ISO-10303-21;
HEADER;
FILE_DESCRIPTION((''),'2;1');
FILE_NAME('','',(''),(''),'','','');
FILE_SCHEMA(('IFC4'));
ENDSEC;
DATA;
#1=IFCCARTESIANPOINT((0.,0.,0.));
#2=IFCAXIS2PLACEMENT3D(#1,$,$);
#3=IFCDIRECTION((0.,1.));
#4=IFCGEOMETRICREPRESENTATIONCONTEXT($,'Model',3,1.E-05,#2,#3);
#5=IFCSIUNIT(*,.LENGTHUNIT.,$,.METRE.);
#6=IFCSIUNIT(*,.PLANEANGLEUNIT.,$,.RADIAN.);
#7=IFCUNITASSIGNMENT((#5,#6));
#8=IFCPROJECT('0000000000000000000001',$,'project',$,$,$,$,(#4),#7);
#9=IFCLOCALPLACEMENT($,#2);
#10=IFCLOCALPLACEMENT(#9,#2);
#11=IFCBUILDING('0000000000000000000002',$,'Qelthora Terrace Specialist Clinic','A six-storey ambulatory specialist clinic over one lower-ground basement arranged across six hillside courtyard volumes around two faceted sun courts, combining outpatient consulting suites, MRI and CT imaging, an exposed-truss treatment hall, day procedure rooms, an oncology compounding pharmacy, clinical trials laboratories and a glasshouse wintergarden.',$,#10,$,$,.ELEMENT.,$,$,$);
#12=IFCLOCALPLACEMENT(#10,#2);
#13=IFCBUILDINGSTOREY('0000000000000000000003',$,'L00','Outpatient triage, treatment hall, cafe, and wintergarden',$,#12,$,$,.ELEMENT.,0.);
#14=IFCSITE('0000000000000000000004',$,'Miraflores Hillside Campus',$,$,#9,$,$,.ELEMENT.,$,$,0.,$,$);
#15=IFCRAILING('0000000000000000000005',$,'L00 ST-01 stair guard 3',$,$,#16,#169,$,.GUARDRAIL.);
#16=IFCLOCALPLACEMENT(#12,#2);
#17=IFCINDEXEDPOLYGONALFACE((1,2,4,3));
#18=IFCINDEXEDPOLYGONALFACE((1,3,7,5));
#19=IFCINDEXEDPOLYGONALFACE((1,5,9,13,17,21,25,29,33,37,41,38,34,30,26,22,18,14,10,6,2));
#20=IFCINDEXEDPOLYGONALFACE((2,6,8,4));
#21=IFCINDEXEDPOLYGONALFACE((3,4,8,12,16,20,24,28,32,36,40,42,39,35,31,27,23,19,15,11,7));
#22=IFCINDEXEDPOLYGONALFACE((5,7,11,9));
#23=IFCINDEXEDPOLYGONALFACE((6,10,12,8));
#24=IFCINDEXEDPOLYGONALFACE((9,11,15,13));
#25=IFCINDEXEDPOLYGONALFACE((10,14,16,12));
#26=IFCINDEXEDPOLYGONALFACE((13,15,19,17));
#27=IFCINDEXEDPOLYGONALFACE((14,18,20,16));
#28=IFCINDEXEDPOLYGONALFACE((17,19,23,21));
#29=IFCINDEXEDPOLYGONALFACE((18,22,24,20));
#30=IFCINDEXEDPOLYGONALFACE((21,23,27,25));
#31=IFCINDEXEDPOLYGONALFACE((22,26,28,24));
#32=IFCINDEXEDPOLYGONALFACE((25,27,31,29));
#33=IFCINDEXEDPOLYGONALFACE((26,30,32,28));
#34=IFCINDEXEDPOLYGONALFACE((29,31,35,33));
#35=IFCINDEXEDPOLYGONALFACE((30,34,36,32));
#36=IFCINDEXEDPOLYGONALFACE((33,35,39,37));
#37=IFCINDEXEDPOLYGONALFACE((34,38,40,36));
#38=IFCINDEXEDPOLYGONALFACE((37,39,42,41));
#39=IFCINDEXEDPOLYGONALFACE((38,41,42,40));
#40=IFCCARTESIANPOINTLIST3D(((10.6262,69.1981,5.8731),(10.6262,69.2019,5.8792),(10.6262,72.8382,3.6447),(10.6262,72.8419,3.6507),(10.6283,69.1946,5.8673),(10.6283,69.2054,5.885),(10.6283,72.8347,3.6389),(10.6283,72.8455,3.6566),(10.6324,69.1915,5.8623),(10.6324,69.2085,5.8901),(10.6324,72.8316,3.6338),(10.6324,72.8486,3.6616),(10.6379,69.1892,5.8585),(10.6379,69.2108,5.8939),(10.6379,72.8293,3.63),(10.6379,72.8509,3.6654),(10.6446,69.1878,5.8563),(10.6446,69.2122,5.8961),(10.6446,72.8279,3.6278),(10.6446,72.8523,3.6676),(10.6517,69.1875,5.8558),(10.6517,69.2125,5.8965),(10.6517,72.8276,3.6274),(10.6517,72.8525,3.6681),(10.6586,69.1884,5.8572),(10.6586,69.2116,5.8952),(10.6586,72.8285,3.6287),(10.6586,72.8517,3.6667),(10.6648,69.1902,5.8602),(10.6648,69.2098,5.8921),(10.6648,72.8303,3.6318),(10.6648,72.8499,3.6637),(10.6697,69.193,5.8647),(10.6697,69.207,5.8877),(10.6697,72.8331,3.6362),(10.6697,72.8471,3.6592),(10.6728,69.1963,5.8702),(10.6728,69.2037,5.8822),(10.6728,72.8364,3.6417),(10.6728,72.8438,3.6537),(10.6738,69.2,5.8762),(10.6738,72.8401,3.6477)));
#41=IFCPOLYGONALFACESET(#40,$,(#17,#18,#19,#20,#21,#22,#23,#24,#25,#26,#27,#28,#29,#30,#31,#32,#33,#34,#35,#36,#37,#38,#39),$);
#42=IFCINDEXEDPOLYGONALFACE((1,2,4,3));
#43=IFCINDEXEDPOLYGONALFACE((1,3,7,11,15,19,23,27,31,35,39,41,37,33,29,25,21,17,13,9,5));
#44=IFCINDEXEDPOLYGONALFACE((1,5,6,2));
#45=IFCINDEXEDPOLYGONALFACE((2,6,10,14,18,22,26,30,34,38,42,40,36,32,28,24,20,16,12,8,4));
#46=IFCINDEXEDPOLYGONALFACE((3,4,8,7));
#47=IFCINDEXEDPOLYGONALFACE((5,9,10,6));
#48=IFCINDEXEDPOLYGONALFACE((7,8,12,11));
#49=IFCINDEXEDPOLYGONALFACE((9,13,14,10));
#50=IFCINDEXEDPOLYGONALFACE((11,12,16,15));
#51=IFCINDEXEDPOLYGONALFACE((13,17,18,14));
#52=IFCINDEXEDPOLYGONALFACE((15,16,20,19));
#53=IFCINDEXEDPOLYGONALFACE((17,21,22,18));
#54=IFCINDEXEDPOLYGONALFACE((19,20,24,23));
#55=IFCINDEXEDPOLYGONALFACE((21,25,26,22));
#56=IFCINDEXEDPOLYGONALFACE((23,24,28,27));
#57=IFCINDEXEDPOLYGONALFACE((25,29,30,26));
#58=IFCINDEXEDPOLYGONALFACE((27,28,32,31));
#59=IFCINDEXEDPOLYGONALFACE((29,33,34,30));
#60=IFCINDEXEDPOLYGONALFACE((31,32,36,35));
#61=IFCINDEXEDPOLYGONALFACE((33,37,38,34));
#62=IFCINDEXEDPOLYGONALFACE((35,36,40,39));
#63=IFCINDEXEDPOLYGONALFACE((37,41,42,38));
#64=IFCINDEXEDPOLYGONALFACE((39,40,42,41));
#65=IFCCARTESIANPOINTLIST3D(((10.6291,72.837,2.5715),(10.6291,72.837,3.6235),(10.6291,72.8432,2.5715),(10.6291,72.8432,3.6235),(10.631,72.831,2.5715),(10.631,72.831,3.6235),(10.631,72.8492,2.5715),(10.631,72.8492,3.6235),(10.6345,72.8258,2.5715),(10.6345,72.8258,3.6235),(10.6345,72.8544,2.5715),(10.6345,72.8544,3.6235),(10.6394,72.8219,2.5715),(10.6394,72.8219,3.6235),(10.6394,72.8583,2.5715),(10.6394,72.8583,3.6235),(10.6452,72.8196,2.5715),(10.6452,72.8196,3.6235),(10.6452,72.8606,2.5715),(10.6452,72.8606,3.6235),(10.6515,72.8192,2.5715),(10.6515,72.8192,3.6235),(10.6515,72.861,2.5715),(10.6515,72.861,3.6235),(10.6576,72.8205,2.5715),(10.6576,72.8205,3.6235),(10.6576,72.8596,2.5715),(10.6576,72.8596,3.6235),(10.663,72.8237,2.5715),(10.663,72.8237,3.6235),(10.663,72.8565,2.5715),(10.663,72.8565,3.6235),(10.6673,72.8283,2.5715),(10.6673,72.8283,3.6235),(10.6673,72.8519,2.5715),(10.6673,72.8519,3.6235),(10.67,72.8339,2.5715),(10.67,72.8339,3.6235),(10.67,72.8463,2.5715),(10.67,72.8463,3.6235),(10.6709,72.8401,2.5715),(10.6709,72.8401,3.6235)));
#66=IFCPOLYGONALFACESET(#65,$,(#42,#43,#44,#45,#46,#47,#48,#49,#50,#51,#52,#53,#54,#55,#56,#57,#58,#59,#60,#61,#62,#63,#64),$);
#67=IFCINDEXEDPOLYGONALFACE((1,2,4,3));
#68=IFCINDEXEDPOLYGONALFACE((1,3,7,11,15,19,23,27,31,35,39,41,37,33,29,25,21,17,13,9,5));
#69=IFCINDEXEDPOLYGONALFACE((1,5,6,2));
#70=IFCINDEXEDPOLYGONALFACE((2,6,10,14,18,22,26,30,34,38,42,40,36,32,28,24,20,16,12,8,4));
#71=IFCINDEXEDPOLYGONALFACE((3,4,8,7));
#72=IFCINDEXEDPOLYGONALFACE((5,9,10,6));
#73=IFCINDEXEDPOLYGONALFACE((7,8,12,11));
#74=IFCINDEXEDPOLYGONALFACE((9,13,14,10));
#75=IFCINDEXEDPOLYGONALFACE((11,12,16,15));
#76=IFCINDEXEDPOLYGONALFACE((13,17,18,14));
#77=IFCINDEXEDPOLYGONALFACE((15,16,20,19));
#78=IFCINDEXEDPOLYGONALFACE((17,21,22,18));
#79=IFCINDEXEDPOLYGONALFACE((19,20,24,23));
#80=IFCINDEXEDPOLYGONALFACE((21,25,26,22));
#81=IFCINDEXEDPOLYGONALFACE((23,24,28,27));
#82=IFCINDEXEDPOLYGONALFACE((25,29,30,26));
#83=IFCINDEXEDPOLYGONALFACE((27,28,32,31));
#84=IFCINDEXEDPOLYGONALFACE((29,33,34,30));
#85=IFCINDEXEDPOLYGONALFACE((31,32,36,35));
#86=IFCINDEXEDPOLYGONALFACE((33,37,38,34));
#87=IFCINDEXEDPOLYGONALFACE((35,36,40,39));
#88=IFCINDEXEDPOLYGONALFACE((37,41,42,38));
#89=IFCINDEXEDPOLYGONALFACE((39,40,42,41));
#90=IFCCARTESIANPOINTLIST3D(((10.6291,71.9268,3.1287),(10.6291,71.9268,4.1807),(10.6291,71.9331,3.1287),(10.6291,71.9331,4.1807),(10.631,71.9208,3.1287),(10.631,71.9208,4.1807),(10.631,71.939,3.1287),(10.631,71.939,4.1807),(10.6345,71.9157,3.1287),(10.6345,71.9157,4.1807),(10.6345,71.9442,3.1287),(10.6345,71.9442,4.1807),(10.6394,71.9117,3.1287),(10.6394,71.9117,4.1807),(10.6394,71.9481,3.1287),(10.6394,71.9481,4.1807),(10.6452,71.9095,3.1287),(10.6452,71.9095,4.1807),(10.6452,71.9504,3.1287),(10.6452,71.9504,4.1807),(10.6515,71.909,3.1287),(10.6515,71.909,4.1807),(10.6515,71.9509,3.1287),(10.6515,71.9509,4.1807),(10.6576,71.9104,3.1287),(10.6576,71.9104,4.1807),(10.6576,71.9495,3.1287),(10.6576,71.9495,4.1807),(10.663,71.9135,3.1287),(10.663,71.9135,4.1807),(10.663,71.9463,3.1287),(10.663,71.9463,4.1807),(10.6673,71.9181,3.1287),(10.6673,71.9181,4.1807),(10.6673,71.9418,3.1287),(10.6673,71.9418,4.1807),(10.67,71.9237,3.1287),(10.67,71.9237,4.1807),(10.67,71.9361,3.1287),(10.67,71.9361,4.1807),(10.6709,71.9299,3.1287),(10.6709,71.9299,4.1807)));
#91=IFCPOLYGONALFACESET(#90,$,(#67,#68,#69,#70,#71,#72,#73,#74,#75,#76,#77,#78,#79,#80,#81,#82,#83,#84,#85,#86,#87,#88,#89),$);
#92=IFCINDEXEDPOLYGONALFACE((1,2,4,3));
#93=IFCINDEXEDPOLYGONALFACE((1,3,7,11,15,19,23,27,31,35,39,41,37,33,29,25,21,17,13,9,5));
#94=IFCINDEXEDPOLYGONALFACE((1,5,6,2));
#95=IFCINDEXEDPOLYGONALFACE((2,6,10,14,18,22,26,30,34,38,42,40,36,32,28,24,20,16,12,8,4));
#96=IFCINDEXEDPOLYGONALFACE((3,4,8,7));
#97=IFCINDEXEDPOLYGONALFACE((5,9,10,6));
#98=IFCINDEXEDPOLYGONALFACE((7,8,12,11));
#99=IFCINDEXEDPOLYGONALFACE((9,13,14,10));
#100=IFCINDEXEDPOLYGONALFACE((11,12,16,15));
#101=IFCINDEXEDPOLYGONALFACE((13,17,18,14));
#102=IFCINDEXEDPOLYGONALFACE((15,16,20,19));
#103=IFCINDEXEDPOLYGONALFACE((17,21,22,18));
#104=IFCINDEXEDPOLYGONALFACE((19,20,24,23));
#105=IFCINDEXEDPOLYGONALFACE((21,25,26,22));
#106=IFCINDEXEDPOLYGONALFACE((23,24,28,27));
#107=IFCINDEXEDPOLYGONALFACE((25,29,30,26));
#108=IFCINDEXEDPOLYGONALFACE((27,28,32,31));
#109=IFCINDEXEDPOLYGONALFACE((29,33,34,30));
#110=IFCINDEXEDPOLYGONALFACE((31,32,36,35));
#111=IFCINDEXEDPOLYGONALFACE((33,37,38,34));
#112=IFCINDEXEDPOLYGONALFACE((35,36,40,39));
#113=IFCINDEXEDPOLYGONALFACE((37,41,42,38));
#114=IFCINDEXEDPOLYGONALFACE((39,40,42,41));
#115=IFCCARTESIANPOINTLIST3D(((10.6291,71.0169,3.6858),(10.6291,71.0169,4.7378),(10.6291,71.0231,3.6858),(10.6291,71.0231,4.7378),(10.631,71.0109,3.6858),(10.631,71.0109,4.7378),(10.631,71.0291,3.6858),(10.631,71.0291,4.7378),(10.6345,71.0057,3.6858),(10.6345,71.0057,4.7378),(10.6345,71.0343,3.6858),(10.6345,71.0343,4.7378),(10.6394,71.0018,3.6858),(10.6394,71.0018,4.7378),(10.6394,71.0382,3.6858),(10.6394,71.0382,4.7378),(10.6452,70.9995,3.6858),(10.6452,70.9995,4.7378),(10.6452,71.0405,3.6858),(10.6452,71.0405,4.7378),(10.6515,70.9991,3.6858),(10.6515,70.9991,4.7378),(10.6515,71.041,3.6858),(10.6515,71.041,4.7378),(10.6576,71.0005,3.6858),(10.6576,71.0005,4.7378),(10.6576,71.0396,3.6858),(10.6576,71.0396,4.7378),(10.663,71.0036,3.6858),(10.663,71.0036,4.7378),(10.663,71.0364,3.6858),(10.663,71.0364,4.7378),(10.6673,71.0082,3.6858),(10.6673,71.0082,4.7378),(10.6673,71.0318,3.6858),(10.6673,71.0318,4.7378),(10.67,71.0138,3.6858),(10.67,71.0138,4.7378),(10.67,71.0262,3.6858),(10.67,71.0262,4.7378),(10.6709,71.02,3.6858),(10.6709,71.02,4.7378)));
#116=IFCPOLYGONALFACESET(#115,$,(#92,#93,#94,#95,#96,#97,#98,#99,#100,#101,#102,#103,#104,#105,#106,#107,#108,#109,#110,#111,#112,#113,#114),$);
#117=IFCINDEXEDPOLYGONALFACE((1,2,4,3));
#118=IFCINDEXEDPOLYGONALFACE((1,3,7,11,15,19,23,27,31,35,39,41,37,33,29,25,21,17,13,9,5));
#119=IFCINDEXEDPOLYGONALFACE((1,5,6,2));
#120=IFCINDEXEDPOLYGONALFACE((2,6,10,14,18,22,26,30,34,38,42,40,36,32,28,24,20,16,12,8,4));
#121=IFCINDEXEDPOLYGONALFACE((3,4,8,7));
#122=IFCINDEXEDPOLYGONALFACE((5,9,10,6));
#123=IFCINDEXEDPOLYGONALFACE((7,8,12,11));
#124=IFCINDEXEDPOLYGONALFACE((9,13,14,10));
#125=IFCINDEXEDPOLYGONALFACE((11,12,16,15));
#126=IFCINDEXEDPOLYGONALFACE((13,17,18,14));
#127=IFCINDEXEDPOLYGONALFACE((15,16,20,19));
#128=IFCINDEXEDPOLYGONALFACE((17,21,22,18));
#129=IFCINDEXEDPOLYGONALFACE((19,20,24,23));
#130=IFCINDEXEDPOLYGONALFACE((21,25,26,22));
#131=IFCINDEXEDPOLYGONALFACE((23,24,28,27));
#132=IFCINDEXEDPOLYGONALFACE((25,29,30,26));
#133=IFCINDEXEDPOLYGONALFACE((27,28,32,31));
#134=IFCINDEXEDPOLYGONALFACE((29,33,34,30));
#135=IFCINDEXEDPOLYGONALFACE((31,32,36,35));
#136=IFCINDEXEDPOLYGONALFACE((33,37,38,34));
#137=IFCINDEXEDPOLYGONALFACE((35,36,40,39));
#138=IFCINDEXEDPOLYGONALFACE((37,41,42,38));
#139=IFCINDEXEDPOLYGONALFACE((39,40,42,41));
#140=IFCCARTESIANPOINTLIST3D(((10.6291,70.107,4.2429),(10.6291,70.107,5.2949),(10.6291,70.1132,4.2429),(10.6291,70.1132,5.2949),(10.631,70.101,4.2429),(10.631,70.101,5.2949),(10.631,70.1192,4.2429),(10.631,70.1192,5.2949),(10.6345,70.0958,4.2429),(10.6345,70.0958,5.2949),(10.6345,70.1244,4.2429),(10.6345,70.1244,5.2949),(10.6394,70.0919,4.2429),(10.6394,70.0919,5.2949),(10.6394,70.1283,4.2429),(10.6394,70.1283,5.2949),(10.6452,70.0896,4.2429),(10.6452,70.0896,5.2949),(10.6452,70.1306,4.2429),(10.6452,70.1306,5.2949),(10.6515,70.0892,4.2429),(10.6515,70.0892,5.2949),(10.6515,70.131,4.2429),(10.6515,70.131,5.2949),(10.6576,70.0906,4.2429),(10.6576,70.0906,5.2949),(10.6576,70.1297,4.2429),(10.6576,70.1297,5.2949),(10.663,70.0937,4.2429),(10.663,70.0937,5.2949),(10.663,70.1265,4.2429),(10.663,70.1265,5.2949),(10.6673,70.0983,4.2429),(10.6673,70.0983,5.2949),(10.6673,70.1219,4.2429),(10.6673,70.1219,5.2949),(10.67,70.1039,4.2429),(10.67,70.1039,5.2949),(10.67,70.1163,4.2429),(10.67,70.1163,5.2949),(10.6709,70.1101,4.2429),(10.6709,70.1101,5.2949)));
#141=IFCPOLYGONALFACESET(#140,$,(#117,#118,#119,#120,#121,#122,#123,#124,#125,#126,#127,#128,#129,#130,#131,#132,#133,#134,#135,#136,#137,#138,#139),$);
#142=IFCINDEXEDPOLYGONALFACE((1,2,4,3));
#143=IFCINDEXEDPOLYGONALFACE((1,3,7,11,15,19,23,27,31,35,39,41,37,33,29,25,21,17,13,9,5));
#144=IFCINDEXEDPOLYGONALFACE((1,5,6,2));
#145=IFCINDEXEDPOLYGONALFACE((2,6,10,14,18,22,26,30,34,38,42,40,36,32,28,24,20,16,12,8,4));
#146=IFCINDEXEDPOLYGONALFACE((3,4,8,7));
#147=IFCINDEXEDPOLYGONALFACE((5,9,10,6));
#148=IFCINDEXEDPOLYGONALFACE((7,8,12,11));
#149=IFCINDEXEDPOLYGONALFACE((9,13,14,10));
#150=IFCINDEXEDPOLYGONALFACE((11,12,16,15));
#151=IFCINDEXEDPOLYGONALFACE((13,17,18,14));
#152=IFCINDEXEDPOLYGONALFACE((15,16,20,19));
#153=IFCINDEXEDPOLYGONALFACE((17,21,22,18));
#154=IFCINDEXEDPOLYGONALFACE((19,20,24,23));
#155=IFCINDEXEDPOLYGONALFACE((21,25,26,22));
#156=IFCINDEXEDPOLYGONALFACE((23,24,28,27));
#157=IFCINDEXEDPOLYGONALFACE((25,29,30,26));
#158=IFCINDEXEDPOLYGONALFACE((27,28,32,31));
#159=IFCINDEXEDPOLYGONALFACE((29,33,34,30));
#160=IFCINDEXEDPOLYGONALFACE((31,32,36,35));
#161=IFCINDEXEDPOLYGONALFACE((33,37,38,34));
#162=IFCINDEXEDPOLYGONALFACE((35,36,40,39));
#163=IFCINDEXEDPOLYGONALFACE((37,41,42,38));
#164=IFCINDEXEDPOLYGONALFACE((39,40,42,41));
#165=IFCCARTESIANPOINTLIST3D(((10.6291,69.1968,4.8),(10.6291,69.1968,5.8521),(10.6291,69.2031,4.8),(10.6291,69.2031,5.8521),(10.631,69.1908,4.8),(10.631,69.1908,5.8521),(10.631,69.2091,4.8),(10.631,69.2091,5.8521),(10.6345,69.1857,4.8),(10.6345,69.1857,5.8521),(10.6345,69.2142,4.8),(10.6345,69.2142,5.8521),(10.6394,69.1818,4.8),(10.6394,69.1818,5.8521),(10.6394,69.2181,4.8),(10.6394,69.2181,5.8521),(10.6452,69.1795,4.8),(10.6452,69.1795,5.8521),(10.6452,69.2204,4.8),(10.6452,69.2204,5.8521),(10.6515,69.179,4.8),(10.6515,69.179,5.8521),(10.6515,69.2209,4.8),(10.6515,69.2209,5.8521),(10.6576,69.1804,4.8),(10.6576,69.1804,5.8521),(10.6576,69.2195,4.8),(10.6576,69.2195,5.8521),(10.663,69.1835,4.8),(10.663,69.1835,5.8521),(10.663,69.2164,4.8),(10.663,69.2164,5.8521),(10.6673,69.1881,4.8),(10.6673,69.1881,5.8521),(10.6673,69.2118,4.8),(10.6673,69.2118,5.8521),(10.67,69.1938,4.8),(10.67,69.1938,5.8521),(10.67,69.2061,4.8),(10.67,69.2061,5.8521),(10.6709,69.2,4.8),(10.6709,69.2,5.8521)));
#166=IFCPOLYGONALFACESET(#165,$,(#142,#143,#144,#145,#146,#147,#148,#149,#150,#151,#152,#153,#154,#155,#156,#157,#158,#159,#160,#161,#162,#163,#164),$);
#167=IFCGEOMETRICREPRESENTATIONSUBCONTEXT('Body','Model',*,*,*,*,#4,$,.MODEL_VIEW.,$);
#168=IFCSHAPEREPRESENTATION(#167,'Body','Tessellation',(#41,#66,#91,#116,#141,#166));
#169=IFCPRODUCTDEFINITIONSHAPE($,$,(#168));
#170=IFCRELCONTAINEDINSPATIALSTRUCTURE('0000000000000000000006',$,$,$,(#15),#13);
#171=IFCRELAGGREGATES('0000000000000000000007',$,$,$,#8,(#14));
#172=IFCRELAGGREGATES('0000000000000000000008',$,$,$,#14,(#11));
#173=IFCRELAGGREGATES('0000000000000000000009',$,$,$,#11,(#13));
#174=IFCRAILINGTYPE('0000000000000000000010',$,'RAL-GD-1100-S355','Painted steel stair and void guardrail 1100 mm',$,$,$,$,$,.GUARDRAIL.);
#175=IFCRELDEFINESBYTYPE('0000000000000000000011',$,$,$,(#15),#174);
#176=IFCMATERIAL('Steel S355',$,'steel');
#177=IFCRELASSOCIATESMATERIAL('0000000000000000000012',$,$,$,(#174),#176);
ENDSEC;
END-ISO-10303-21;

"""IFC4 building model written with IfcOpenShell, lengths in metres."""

from ifc_helpers import new_model, si_unit, direction, frame, origin, origin_2d, place, context, subcontext, project, spatial, circle, extrude, material, type_object, element, save


model = new_model("IFC4")

# Units and contexts
model_context = context("Model", 3, precision=1e-05, world=origin(), true_north=direction((0.0, 1.0)))
body_context = subcontext(model_context, "Body", "Model", "MODEL_VIEW")
ifc_project = project(units=[si_unit("LENGTHUNIT", "METRE"), si_unit("PLANEANGLEUNIT", "RADIAN")], contexts=[model_context])

# Site, building, storey
site_placement = place(None, origin())
site = spatial("IfcSite", under=ifc_project, at=site_placement, Name="Miraflores Hillside Campus", CompositionType="ELEMENT", RefElevation=0.0)
building_placement = place(site_placement, origin())
building = spatial("IfcBuilding", under=site, at=building_placement, Name="Qelthora Terrace Specialist Clinic", Description="A six-storey ambulatory specialist clinic over one lower-ground basement arranged across six hillside courtyard volumes around two faceted sun courts, combining outpatient consulting suites, MRI and CT imaging, an exposed-truss treatment hall, day procedure rooms, an oncology compounding pharmacy, clinical trials laboratories and a glasshouse wintergarden.", CompositionType="ELEMENT")
storey_placement = place(building_placement, origin())
storey = spatial("IfcBuildingStorey", under=building, at=storey_placement, Name="L00", Description="Outpatient triage, treatment hall, cafe, and wintergarden", CompositionType="ELEMENT", Elevation=0.0)

# Shared definitions
ifc_material_1 = material(Name="Steel S355", Category="steel")

# Railing
railing_type_1 = type_object("IfcRailingType", Name="RAL-GD-1100-S355", Description="Painted steel stair and void guardrail 1100 mm", PredefinedType="GUARDRAIL", material=ifc_material_1)
railing_1_placement = place(storey_placement, frame((10.6499, 72.8401, 2.5715)))
element("IfcRailing", 1, at=railing_1_placement, inside=storey, type_object=railing_type_1, Name="L00 ST-01 stair guard 3", PredefinedType="GUARDRAIL", context=body_context, shape_type="SweptSolid", body=[
    extrude(circle(Radius=0.0239, at=origin_2d()), frame((0.0, 0.0, 1.0762), z_axis=(0.0, -0.852866, 0.52213), x_axis=(1.0, 0.0, 0.0)), (0.0, 0.0, 1.0), 4.2681),
    extrude(circle(Radius=0.021, at=origin_2d()), origin(), (0.0, 0.0, 1.0), 1.052),
    extrude(circle(Radius=0.021, at=origin_2d()), frame((0.0, -0.9102, 0.5571)), (0.0, 0.0, 1.0), 1.052),
    extrude(circle(Radius=0.021, at=origin_2d()), frame((0.0, -1.8201, 1.1143)), (0.0, 0.0, 1.0), 1.052),
    extrude(circle(Radius=0.021, at=origin_2d()), frame((0.0, -2.73, 1.6714)), (0.0, 0.0, 1.0), 1.052),
    extrude(circle(Radius=0.021, at=origin_2d()), frame((0.0, -3.6401, 2.2285)), (0.0, 0.0, 1.0), 1.052),
])

save(model, "model.ifc")
